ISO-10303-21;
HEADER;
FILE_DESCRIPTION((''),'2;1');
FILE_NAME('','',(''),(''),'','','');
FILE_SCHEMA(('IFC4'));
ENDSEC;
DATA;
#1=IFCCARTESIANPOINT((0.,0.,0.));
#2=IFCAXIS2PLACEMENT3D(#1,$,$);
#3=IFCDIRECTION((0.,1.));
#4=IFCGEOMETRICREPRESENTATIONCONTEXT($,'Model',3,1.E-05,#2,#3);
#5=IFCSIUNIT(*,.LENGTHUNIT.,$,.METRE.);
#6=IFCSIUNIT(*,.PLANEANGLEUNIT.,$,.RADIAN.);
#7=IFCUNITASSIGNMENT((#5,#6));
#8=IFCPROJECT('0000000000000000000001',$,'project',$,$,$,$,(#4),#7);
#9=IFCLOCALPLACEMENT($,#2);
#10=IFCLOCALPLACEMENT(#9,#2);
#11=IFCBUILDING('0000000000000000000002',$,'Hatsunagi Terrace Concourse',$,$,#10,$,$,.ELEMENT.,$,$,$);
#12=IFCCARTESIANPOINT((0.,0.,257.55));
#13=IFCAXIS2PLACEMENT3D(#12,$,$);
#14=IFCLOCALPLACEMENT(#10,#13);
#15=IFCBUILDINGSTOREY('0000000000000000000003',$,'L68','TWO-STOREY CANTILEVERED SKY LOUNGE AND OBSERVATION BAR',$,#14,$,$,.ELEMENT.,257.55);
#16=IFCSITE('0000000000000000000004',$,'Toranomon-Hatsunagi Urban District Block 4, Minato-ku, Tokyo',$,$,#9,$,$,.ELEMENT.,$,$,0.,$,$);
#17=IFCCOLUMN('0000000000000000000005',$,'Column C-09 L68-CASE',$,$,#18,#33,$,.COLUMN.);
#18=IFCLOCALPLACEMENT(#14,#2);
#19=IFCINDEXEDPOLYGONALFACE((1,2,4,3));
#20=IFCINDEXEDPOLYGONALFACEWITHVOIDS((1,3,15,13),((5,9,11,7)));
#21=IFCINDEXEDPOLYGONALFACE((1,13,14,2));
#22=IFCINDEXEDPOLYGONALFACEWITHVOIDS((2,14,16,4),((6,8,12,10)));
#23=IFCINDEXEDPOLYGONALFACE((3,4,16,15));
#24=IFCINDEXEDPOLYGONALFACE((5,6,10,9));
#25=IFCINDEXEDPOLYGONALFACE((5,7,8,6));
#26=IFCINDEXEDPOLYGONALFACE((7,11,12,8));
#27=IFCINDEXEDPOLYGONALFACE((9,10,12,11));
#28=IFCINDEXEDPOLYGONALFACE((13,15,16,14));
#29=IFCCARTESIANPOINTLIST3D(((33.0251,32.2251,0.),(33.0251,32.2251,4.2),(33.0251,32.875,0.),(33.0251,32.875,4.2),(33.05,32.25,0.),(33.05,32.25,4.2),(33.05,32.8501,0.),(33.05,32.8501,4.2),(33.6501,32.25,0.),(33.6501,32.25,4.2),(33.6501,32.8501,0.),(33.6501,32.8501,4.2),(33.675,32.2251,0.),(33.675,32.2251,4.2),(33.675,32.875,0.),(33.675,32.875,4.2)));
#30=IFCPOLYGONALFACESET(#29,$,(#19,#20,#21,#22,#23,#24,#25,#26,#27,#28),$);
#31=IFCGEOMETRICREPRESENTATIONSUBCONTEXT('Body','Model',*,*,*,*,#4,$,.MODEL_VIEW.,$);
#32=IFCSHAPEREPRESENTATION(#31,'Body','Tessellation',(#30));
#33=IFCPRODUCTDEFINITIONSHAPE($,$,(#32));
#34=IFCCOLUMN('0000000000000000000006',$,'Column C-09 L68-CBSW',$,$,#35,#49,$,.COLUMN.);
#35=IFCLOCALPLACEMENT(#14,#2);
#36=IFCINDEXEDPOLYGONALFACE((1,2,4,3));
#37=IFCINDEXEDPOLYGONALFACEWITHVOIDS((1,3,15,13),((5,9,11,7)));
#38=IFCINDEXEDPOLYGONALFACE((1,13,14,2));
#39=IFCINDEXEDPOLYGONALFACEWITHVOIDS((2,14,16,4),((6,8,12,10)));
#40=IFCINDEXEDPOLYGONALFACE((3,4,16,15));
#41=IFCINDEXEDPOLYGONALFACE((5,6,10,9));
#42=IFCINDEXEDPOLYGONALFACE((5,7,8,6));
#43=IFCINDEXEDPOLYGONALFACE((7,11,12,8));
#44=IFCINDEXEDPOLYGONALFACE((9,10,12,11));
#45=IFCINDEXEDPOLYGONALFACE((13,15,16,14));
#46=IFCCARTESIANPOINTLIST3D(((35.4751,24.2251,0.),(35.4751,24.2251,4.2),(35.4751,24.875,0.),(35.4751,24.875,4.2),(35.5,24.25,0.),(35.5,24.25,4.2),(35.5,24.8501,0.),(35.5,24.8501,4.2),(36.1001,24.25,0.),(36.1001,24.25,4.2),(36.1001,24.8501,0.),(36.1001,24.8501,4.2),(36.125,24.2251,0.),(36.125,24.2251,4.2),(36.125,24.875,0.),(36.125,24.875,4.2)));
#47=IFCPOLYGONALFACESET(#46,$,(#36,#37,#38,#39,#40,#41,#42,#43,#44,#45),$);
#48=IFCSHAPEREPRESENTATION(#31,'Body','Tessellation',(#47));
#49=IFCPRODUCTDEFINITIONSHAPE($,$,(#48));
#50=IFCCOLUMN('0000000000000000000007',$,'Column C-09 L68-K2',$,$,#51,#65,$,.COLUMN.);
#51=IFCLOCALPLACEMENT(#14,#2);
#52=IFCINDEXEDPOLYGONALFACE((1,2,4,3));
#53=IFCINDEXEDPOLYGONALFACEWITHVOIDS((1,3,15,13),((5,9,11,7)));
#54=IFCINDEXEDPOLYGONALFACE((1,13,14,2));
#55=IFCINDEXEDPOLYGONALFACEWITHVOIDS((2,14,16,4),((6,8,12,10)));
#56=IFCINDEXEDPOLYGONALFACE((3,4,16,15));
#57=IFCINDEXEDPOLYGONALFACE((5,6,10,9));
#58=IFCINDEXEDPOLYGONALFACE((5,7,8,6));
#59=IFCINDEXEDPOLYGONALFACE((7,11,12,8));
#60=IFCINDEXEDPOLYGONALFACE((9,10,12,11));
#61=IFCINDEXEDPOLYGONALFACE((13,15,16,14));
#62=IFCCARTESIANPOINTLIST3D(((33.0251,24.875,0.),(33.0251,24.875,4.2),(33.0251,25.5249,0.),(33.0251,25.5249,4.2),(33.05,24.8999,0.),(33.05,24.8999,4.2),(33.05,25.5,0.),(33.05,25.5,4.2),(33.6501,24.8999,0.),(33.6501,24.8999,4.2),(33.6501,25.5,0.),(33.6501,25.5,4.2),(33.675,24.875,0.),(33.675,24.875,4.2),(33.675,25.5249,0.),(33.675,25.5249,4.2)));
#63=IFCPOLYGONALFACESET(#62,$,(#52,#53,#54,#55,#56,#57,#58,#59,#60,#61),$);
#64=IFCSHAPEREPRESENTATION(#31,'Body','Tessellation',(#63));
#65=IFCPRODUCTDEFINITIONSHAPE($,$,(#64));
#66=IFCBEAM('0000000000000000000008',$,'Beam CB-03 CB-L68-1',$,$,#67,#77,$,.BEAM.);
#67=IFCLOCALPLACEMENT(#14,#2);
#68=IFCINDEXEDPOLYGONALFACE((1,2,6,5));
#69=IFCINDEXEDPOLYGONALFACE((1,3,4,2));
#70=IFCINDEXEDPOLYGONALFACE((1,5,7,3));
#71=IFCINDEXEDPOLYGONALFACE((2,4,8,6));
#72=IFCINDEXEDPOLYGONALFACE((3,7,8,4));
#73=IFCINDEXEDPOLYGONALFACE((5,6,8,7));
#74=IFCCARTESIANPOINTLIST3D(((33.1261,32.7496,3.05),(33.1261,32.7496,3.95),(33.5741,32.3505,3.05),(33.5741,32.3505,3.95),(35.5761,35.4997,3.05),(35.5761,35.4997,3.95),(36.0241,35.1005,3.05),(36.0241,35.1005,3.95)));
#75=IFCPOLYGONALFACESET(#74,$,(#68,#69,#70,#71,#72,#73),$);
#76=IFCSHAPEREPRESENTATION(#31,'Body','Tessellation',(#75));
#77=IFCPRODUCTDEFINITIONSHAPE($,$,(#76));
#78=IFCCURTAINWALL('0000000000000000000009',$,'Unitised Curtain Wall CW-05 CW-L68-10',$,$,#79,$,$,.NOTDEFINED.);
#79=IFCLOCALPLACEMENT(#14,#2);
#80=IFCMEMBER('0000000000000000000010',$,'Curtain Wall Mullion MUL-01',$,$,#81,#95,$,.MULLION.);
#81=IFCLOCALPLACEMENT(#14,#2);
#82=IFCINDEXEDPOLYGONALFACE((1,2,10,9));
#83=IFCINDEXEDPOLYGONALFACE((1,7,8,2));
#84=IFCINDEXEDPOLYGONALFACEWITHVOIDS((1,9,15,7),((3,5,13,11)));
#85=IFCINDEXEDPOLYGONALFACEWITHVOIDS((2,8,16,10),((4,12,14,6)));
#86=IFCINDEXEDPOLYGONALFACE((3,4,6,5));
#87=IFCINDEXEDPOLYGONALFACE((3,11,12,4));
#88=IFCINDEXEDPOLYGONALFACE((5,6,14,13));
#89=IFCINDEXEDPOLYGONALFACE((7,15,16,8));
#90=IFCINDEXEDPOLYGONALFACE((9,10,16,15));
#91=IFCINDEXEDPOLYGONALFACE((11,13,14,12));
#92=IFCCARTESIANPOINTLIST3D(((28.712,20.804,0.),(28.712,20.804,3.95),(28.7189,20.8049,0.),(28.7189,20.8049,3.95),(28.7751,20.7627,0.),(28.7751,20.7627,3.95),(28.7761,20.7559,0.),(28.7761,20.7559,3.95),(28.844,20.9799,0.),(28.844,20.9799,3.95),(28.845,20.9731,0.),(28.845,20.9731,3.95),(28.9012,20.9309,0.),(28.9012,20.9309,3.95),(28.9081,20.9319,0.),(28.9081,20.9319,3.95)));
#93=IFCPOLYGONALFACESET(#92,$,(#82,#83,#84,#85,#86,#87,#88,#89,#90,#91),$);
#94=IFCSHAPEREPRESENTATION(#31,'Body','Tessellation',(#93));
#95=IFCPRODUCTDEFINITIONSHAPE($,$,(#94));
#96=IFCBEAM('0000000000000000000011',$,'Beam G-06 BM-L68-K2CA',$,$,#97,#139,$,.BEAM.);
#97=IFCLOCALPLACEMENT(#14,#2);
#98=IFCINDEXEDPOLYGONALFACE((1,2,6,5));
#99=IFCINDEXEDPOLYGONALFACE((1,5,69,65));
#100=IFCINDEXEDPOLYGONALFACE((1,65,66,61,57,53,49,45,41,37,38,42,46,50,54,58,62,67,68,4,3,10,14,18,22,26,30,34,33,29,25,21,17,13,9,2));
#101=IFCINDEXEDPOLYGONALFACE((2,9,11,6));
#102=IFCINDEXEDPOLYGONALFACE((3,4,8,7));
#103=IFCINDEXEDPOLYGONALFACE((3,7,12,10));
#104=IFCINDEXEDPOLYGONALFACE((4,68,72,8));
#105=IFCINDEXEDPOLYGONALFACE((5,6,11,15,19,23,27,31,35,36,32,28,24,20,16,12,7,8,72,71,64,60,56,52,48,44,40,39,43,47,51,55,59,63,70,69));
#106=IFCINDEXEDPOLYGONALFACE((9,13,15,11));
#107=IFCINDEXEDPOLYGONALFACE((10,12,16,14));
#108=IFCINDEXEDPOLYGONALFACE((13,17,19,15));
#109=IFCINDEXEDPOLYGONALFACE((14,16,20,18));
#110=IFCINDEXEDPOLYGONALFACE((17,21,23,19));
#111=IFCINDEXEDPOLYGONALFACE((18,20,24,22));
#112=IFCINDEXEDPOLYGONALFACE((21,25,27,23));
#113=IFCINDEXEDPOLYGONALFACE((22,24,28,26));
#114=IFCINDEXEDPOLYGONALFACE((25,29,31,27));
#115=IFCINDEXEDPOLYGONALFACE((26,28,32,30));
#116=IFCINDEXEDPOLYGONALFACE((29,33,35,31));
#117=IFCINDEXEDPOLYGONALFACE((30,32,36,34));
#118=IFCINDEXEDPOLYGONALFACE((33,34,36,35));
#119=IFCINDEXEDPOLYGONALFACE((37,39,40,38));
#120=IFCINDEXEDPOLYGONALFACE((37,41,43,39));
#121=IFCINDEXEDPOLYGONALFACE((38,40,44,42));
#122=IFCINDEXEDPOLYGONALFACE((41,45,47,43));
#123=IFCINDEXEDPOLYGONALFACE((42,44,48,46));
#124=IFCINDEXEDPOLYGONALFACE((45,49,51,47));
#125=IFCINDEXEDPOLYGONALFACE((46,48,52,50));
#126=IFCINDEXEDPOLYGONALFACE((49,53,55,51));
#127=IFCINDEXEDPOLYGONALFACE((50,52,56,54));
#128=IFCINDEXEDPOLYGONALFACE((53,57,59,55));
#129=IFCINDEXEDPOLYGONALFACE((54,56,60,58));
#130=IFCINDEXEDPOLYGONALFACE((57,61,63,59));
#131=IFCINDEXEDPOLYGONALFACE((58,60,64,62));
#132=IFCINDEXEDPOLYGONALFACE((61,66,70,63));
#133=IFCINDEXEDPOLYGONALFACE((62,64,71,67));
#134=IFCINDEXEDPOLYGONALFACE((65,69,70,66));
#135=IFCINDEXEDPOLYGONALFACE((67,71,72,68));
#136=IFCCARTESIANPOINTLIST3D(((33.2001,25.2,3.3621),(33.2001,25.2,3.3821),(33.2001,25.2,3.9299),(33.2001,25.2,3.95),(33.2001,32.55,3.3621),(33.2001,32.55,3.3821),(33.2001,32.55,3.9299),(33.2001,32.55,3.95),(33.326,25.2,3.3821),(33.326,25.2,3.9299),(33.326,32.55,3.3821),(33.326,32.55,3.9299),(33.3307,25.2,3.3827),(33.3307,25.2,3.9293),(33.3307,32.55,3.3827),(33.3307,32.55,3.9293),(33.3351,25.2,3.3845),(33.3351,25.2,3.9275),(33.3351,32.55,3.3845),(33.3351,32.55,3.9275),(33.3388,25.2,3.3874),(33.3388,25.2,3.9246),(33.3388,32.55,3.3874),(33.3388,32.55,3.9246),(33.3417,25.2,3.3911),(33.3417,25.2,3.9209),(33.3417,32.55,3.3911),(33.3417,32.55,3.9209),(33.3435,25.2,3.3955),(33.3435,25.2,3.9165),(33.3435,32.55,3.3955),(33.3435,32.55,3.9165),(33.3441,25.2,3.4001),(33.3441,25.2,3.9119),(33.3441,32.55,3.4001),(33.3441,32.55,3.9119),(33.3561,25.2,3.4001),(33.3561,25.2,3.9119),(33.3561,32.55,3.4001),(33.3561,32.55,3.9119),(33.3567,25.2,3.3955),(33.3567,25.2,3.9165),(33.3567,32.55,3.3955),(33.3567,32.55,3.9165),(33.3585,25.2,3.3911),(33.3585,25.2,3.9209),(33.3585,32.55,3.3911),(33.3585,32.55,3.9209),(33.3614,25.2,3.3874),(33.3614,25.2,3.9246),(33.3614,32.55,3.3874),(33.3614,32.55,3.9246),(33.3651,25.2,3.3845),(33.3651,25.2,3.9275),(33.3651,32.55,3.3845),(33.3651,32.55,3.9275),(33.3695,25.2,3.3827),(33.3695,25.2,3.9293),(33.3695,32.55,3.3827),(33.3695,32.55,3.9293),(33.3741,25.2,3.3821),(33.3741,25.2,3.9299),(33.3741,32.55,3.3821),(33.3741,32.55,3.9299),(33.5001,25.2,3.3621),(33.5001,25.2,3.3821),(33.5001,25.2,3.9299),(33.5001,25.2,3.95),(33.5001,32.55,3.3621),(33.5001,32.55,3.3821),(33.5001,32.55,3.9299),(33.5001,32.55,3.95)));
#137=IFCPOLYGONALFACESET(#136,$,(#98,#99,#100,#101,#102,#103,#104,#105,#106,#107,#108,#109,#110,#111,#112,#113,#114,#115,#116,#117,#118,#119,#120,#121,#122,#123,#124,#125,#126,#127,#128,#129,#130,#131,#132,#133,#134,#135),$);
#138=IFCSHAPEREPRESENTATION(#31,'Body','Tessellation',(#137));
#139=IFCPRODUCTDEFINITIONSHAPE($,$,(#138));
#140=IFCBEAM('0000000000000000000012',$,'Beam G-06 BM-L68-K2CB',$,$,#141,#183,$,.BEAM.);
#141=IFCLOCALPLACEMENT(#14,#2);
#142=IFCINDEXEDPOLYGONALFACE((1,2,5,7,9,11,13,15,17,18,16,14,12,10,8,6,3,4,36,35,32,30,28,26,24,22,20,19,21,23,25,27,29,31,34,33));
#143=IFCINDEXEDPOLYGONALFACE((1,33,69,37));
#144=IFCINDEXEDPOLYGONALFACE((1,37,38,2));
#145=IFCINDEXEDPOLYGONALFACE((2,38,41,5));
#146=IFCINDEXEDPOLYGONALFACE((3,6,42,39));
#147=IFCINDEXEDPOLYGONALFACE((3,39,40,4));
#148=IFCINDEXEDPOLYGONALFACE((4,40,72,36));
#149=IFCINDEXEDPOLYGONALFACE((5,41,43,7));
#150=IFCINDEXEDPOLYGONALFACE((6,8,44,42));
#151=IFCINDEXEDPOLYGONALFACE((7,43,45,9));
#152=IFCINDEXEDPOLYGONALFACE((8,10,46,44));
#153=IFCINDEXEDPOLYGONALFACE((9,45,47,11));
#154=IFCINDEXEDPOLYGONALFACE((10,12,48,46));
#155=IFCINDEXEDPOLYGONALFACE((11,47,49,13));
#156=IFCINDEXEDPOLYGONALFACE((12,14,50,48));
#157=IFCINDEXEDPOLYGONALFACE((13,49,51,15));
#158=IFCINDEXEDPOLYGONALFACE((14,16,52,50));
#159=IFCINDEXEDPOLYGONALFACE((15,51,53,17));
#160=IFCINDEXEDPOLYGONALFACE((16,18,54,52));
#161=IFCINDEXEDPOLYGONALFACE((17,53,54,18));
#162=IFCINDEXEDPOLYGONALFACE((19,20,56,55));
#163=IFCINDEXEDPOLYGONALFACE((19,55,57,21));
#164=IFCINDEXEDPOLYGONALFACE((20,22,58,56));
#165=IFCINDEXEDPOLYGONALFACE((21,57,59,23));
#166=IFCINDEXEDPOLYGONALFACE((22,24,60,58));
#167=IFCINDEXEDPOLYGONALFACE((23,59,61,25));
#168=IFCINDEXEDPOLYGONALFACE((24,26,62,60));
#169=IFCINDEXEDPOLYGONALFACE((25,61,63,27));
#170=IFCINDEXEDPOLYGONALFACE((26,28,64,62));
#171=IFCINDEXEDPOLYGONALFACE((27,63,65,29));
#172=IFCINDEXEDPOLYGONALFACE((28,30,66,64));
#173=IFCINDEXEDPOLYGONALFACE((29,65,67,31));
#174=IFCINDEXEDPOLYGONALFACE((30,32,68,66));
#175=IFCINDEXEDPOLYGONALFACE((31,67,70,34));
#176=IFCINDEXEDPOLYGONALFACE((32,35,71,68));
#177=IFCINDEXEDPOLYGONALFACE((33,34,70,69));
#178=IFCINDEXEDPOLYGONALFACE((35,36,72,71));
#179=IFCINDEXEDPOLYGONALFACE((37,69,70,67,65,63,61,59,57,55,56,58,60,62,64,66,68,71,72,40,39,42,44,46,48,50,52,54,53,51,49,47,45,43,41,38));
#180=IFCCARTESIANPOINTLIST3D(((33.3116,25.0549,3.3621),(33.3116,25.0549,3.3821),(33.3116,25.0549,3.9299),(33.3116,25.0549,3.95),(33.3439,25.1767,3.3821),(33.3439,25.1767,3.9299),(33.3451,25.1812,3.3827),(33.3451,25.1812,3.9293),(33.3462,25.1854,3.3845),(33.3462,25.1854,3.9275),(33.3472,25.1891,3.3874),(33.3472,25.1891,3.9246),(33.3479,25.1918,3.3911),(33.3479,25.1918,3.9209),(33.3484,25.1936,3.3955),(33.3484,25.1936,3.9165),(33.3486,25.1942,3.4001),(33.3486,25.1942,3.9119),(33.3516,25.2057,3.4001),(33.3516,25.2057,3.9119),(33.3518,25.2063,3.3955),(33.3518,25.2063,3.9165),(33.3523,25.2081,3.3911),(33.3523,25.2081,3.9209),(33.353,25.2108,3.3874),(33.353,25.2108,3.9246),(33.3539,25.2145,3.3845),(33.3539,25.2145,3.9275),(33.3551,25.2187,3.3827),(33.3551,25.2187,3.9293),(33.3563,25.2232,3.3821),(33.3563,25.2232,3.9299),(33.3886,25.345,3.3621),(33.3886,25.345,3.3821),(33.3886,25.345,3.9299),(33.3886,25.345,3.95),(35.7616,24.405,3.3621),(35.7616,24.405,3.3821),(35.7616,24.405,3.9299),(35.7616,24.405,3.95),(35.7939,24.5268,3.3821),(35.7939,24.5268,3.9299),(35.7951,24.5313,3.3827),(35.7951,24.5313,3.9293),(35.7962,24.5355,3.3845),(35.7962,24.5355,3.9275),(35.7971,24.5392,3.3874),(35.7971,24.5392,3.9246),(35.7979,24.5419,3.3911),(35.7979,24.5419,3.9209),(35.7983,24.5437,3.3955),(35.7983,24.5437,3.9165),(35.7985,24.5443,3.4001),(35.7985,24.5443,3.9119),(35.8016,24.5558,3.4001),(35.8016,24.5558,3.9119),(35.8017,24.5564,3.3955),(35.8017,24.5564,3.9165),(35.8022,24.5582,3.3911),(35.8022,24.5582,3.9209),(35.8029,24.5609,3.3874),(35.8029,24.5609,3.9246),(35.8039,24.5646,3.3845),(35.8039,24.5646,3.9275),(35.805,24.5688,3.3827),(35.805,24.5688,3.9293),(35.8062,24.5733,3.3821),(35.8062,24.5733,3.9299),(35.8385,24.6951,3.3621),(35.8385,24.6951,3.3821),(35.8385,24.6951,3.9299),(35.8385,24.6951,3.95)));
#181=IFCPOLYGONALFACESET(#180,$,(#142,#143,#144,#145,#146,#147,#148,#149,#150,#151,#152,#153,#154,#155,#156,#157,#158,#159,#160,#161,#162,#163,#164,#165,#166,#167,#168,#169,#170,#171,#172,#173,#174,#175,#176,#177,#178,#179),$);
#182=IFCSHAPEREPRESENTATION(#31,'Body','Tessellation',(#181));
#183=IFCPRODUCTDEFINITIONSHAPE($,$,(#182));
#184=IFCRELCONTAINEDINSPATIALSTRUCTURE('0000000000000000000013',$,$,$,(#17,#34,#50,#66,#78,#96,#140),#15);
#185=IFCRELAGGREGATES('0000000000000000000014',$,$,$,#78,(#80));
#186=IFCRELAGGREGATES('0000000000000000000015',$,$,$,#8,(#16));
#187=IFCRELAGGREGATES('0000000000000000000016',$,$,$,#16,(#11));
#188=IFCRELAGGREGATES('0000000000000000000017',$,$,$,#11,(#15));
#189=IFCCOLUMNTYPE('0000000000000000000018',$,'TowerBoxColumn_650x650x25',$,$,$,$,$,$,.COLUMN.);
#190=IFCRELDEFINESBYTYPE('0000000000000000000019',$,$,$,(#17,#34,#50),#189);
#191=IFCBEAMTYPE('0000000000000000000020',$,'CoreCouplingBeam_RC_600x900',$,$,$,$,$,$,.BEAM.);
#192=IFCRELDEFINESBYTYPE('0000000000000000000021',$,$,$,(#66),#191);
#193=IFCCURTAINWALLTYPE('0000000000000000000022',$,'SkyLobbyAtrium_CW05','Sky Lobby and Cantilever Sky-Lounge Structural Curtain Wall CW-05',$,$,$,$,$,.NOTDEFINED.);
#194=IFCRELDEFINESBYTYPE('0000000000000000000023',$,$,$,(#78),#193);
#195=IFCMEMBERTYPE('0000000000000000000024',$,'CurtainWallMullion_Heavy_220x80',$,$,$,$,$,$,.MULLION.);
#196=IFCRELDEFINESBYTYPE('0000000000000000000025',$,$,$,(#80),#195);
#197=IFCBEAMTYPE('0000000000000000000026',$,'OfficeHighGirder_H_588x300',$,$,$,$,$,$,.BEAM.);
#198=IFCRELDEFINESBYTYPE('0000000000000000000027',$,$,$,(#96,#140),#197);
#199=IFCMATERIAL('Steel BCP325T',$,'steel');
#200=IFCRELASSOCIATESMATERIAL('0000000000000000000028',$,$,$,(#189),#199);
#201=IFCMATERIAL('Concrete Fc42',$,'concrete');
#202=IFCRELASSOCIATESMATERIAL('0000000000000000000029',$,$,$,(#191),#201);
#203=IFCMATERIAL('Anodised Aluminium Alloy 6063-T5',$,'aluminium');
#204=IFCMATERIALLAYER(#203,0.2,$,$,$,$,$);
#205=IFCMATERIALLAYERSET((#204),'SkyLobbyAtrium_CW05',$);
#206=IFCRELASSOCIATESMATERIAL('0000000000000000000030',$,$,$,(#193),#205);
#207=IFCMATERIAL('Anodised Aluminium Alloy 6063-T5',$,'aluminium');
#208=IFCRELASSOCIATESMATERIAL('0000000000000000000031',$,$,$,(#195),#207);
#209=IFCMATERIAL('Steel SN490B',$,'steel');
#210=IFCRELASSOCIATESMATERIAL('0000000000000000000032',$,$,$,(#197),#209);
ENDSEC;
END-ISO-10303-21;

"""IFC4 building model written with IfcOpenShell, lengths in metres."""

from ifc_helpers import new_model, si_unit, direction, frame, origin, origin_2d, place, context, subcontext, project, spatial, rectangle, hollow_rectangle, i_section, extrude, material, layer, layer_set, material_profile, profile_set, type_object, element, aggregate, save


model = new_model("IFC4")

# Units and contexts
model_context = context("Model", 3, precision=1e-05, world=origin(), true_north=direction((0.0, 1.0)))
body_context = subcontext(model_context, "Body", "Model", "MODEL_VIEW")
ifc_project = project(units=[si_unit("LENGTHUNIT", "METRE"), si_unit("PLANEANGLEUNIT", "RADIAN")], contexts=[model_context])

# Site, building, storey
site_placement = place(None, origin())
site = spatial("IfcSite", under=ifc_project, at=site_placement, Name="Toranomon-Hatsunagi Urban District Block 4, Minato-ku, Tokyo", CompositionType="ELEMENT", RefElevation=0.0)
building_placement = place(site_placement, origin())
building = spatial("IfcBuilding", under=site, at=building_placement, Name="Hatsunagi Terrace Concourse", CompositionType="ELEMENT")
storey_placement = place(building_placement, frame((0.0, 0.0, 257.55)))
storey = spatial("IfcBuildingStorey", under=building, at=storey_placement, Name="L68", Description="TWO-STOREY CANTILEVERED SKY LOUNGE AND OBSERVATION BAR", CompositionType="ELEMENT", Elevation=257.55)

# Columns
ifc_material_1 = material(Name="Steel BCP325T", Category="steel")
ifc_material_profile_1 = material_profile(ifc_material_1, hollow_rectangle(XDim=0.6499, YDim=0.6499, WallThickness=0.0249, at=origin_2d()), Name="BCP-650x650x25")
ifc_profile_set_1 = profile_set([ifc_material_profile_1], Name="Steel BCP325T")
column_type = type_object("IfcColumnType", Name="TowerBoxColumn_650x650x25", PredefinedType="COLUMN", material=ifc_profile_set_1)
for number, where, z_axis, x_axis, name in (
    (1, (33.3501, 32.55, 0.0), (0.0, 0.0, 1.0), (1.0, 0.0, 0.0), "Column C-09 L68-CASE"),
    (2, (35.8, 24.55, 0.0), (0.0, 0.0, 1.0), (1.0, 0.0, 0.0), "Column C-09 L68-CBSW"),
    (3, (33.3501, 25.2, 0.0), (0.0, 0.0, 1.0), (1.0, 0.0, 0.0), "Column C-09 L68-K2"),
):
    element("IfcColumn", number, at=place(storey_placement, frame(where, z_axis=z_axis, x_axis=x_axis)), inside=storey, type_object=column_type, Name=name, PredefinedType="COLUMN", context=body_context, shape_type="SweptSolid", body=[
        extrude(hollow_rectangle(XDim=0.6499, YDim=0.6499, WallThickness=0.0249, at=origin_2d()), origin(), (0.0, 0.0, 1.0), 4.2),
    ])

# Beam
ifc_material_2 = material(Name="Concrete Fc42", Category="concrete")
ifc_material_profile_2 = material_profile(ifc_material_2, rectangle(XDim=0.6001, YDim=0.8999, at=origin_2d()), Name="RC-600x900")
ifc_profile_set_2 = profile_set([ifc_material_profile_2], Name="Concrete Fc42")
beam_type_1 = type_object("IfcBeamType", Name="CoreCouplingBeam_RC_600x900", PredefinedType="BEAM", material=ifc_profile_set_2)
beam_1_placement = place(storey_placement, frame((33.3501, 32.55, 3.5), z_axis=(0.665199, 0.746666, 0.0), x_axis=(-0.746666, 0.665199, 0.0)))
element("IfcBeam", 4, at=beam_1_placement, inside=storey, type_object=beam_type_1, Name="Beam CB-03 CB-L68-1", PredefinedType="BEAM", context=body_context, shape_type="SweptSolid", body=[
    extrude(rectangle(XDim=0.6001, YDim=0.8999, at=origin_2d()), origin(), (0.0, 0.0, 1.0), 3.6831),
])

# Curtain wall, member
ifc_material_3 = material(Name="Anodised Aluminium Alloy 6063-T5", Category="aluminium")
ifc_layer_1 = layer(ifc_material_3, 0.2)
ifc_layer_set_1 = layer_set([ifc_layer_1], Name="SkyLobbyAtrium_CW05")
curtain_wall_type = type_object("IfcCurtainWallType", Name="SkyLobbyAtrium_CW05", Description="Sky Lobby and Cantilever Sky-Lounge Structural Curtain Wall CW-05", PredefinedType="NOTDEFINED", material=ifc_layer_set_1)
curtain_wall_placement = place(storey_placement, origin())
curtain_wall = element("IfcCurtainWall", 5, at=curtain_wall_placement, inside=storey, type_object=curtain_wall_type, Name="Unitised Curtain Wall CW-05 CW-L68-10", PredefinedType="NOTDEFINED")
ifc_material_4 = material(Name="Anodised Aluminium Alloy 6063-T5", Category="aluminium")
ifc_material_profile_3 = material_profile(ifc_material_4, hollow_rectangle(XDim=0.0801, YDim=0.22, WallThickness=0.0049, at=origin_2d()), Name="ALU-MUL-220x80x5")
ifc_profile_set_3 = profile_set([ifc_material_profile_3], Name="Anodised Aluminium Alloy 6063-T5")
member_type = type_object("IfcMemberType", Name="CurtainWallMullion_Heavy_220x80", PredefinedType="MULLION", material=ifc_profile_set_3)
member_placement = place(storey_placement, frame((28.8101, 20.8679, 0.0), z_axis=(0.0, 0.0, 1.0), x_axis=(-0.800007, 0.59999, 0.0)))
member = element("IfcMember", 6, at=member_placement, type_object=member_type, Name="Curtain Wall Mullion MUL-01", PredefinedType="MULLION", context=body_context, shape_type="SweptSolid", body=[
    extrude(hollow_rectangle(XDim=0.0801, YDim=0.22, WallThickness=0.0049, at=origin_2d()), origin(), (0.0, 0.0, 1.0), 3.95),
])
aggregate(curtain_wall, [member])

# Beams
ifc_material_5 = material(Name="Steel SN490B", Category="steel")
ifc_material_profile_4 = material_profile(ifc_material_5, i_section(OverallWidth=0.3, OverallDepth=0.5879, WebThickness=0.012, FlangeThickness=0.02, FilletRadius=0.0181, at=origin_2d()), Name="H-588x300x12x20")
ifc_profile_set_4 = profile_set([ifc_material_profile_4], Name="Steel SN490B")
beam_type_2 = type_object("IfcBeamType", Name="OfficeHighGirder_H_588x300", PredefinedType="BEAM", material=ifc_profile_set_4)
beam_2_placement = place(storey_placement, frame((33.3501, 25.2, 3.656), z_axis=(0.0, 1.0, 0.0), x_axis=(-1.0, 0.0, 0.0)))
element("IfcBeam", 7, at=beam_2_placement, inside=storey, type_object=beam_type_2, Name="Beam G-06 BM-L68-K2CA", PredefinedType="BEAM", context=body_context, shape_type="SweptSolid", body=[
    extrude(i_section(OverallWidth=0.3, OverallDepth=0.5879, WebThickness=0.012, FlangeThickness=0.02, FilletRadius=0.0181, at=origin_2d()), origin(), (0.0, 0.0, 1.0), 7.3501),
])
beam_3_placement = place(storey_placement, frame((33.3501, 25.2, 3.656), z_axis=(0.96657, -0.256403, 0.0), x_axis=(0.256403, 0.96657, 0.0)))
element("IfcBeam", 8, at=beam_3_placement, inside=storey, type_object=beam_type_2, Name="Beam G-06 BM-L68-K2CB", PredefinedType="BEAM", context=body_context, shape_type="SweptSolid", body=[
    extrude(i_section(OverallWidth=0.3, OverallDepth=0.5879, WebThickness=0.012, FlangeThickness=0.02, FilletRadius=0.0181, at=origin_2d()), origin(), (0.0, 0.0, 1.0), 2.5347),
])

save(model, "model.ifc")
